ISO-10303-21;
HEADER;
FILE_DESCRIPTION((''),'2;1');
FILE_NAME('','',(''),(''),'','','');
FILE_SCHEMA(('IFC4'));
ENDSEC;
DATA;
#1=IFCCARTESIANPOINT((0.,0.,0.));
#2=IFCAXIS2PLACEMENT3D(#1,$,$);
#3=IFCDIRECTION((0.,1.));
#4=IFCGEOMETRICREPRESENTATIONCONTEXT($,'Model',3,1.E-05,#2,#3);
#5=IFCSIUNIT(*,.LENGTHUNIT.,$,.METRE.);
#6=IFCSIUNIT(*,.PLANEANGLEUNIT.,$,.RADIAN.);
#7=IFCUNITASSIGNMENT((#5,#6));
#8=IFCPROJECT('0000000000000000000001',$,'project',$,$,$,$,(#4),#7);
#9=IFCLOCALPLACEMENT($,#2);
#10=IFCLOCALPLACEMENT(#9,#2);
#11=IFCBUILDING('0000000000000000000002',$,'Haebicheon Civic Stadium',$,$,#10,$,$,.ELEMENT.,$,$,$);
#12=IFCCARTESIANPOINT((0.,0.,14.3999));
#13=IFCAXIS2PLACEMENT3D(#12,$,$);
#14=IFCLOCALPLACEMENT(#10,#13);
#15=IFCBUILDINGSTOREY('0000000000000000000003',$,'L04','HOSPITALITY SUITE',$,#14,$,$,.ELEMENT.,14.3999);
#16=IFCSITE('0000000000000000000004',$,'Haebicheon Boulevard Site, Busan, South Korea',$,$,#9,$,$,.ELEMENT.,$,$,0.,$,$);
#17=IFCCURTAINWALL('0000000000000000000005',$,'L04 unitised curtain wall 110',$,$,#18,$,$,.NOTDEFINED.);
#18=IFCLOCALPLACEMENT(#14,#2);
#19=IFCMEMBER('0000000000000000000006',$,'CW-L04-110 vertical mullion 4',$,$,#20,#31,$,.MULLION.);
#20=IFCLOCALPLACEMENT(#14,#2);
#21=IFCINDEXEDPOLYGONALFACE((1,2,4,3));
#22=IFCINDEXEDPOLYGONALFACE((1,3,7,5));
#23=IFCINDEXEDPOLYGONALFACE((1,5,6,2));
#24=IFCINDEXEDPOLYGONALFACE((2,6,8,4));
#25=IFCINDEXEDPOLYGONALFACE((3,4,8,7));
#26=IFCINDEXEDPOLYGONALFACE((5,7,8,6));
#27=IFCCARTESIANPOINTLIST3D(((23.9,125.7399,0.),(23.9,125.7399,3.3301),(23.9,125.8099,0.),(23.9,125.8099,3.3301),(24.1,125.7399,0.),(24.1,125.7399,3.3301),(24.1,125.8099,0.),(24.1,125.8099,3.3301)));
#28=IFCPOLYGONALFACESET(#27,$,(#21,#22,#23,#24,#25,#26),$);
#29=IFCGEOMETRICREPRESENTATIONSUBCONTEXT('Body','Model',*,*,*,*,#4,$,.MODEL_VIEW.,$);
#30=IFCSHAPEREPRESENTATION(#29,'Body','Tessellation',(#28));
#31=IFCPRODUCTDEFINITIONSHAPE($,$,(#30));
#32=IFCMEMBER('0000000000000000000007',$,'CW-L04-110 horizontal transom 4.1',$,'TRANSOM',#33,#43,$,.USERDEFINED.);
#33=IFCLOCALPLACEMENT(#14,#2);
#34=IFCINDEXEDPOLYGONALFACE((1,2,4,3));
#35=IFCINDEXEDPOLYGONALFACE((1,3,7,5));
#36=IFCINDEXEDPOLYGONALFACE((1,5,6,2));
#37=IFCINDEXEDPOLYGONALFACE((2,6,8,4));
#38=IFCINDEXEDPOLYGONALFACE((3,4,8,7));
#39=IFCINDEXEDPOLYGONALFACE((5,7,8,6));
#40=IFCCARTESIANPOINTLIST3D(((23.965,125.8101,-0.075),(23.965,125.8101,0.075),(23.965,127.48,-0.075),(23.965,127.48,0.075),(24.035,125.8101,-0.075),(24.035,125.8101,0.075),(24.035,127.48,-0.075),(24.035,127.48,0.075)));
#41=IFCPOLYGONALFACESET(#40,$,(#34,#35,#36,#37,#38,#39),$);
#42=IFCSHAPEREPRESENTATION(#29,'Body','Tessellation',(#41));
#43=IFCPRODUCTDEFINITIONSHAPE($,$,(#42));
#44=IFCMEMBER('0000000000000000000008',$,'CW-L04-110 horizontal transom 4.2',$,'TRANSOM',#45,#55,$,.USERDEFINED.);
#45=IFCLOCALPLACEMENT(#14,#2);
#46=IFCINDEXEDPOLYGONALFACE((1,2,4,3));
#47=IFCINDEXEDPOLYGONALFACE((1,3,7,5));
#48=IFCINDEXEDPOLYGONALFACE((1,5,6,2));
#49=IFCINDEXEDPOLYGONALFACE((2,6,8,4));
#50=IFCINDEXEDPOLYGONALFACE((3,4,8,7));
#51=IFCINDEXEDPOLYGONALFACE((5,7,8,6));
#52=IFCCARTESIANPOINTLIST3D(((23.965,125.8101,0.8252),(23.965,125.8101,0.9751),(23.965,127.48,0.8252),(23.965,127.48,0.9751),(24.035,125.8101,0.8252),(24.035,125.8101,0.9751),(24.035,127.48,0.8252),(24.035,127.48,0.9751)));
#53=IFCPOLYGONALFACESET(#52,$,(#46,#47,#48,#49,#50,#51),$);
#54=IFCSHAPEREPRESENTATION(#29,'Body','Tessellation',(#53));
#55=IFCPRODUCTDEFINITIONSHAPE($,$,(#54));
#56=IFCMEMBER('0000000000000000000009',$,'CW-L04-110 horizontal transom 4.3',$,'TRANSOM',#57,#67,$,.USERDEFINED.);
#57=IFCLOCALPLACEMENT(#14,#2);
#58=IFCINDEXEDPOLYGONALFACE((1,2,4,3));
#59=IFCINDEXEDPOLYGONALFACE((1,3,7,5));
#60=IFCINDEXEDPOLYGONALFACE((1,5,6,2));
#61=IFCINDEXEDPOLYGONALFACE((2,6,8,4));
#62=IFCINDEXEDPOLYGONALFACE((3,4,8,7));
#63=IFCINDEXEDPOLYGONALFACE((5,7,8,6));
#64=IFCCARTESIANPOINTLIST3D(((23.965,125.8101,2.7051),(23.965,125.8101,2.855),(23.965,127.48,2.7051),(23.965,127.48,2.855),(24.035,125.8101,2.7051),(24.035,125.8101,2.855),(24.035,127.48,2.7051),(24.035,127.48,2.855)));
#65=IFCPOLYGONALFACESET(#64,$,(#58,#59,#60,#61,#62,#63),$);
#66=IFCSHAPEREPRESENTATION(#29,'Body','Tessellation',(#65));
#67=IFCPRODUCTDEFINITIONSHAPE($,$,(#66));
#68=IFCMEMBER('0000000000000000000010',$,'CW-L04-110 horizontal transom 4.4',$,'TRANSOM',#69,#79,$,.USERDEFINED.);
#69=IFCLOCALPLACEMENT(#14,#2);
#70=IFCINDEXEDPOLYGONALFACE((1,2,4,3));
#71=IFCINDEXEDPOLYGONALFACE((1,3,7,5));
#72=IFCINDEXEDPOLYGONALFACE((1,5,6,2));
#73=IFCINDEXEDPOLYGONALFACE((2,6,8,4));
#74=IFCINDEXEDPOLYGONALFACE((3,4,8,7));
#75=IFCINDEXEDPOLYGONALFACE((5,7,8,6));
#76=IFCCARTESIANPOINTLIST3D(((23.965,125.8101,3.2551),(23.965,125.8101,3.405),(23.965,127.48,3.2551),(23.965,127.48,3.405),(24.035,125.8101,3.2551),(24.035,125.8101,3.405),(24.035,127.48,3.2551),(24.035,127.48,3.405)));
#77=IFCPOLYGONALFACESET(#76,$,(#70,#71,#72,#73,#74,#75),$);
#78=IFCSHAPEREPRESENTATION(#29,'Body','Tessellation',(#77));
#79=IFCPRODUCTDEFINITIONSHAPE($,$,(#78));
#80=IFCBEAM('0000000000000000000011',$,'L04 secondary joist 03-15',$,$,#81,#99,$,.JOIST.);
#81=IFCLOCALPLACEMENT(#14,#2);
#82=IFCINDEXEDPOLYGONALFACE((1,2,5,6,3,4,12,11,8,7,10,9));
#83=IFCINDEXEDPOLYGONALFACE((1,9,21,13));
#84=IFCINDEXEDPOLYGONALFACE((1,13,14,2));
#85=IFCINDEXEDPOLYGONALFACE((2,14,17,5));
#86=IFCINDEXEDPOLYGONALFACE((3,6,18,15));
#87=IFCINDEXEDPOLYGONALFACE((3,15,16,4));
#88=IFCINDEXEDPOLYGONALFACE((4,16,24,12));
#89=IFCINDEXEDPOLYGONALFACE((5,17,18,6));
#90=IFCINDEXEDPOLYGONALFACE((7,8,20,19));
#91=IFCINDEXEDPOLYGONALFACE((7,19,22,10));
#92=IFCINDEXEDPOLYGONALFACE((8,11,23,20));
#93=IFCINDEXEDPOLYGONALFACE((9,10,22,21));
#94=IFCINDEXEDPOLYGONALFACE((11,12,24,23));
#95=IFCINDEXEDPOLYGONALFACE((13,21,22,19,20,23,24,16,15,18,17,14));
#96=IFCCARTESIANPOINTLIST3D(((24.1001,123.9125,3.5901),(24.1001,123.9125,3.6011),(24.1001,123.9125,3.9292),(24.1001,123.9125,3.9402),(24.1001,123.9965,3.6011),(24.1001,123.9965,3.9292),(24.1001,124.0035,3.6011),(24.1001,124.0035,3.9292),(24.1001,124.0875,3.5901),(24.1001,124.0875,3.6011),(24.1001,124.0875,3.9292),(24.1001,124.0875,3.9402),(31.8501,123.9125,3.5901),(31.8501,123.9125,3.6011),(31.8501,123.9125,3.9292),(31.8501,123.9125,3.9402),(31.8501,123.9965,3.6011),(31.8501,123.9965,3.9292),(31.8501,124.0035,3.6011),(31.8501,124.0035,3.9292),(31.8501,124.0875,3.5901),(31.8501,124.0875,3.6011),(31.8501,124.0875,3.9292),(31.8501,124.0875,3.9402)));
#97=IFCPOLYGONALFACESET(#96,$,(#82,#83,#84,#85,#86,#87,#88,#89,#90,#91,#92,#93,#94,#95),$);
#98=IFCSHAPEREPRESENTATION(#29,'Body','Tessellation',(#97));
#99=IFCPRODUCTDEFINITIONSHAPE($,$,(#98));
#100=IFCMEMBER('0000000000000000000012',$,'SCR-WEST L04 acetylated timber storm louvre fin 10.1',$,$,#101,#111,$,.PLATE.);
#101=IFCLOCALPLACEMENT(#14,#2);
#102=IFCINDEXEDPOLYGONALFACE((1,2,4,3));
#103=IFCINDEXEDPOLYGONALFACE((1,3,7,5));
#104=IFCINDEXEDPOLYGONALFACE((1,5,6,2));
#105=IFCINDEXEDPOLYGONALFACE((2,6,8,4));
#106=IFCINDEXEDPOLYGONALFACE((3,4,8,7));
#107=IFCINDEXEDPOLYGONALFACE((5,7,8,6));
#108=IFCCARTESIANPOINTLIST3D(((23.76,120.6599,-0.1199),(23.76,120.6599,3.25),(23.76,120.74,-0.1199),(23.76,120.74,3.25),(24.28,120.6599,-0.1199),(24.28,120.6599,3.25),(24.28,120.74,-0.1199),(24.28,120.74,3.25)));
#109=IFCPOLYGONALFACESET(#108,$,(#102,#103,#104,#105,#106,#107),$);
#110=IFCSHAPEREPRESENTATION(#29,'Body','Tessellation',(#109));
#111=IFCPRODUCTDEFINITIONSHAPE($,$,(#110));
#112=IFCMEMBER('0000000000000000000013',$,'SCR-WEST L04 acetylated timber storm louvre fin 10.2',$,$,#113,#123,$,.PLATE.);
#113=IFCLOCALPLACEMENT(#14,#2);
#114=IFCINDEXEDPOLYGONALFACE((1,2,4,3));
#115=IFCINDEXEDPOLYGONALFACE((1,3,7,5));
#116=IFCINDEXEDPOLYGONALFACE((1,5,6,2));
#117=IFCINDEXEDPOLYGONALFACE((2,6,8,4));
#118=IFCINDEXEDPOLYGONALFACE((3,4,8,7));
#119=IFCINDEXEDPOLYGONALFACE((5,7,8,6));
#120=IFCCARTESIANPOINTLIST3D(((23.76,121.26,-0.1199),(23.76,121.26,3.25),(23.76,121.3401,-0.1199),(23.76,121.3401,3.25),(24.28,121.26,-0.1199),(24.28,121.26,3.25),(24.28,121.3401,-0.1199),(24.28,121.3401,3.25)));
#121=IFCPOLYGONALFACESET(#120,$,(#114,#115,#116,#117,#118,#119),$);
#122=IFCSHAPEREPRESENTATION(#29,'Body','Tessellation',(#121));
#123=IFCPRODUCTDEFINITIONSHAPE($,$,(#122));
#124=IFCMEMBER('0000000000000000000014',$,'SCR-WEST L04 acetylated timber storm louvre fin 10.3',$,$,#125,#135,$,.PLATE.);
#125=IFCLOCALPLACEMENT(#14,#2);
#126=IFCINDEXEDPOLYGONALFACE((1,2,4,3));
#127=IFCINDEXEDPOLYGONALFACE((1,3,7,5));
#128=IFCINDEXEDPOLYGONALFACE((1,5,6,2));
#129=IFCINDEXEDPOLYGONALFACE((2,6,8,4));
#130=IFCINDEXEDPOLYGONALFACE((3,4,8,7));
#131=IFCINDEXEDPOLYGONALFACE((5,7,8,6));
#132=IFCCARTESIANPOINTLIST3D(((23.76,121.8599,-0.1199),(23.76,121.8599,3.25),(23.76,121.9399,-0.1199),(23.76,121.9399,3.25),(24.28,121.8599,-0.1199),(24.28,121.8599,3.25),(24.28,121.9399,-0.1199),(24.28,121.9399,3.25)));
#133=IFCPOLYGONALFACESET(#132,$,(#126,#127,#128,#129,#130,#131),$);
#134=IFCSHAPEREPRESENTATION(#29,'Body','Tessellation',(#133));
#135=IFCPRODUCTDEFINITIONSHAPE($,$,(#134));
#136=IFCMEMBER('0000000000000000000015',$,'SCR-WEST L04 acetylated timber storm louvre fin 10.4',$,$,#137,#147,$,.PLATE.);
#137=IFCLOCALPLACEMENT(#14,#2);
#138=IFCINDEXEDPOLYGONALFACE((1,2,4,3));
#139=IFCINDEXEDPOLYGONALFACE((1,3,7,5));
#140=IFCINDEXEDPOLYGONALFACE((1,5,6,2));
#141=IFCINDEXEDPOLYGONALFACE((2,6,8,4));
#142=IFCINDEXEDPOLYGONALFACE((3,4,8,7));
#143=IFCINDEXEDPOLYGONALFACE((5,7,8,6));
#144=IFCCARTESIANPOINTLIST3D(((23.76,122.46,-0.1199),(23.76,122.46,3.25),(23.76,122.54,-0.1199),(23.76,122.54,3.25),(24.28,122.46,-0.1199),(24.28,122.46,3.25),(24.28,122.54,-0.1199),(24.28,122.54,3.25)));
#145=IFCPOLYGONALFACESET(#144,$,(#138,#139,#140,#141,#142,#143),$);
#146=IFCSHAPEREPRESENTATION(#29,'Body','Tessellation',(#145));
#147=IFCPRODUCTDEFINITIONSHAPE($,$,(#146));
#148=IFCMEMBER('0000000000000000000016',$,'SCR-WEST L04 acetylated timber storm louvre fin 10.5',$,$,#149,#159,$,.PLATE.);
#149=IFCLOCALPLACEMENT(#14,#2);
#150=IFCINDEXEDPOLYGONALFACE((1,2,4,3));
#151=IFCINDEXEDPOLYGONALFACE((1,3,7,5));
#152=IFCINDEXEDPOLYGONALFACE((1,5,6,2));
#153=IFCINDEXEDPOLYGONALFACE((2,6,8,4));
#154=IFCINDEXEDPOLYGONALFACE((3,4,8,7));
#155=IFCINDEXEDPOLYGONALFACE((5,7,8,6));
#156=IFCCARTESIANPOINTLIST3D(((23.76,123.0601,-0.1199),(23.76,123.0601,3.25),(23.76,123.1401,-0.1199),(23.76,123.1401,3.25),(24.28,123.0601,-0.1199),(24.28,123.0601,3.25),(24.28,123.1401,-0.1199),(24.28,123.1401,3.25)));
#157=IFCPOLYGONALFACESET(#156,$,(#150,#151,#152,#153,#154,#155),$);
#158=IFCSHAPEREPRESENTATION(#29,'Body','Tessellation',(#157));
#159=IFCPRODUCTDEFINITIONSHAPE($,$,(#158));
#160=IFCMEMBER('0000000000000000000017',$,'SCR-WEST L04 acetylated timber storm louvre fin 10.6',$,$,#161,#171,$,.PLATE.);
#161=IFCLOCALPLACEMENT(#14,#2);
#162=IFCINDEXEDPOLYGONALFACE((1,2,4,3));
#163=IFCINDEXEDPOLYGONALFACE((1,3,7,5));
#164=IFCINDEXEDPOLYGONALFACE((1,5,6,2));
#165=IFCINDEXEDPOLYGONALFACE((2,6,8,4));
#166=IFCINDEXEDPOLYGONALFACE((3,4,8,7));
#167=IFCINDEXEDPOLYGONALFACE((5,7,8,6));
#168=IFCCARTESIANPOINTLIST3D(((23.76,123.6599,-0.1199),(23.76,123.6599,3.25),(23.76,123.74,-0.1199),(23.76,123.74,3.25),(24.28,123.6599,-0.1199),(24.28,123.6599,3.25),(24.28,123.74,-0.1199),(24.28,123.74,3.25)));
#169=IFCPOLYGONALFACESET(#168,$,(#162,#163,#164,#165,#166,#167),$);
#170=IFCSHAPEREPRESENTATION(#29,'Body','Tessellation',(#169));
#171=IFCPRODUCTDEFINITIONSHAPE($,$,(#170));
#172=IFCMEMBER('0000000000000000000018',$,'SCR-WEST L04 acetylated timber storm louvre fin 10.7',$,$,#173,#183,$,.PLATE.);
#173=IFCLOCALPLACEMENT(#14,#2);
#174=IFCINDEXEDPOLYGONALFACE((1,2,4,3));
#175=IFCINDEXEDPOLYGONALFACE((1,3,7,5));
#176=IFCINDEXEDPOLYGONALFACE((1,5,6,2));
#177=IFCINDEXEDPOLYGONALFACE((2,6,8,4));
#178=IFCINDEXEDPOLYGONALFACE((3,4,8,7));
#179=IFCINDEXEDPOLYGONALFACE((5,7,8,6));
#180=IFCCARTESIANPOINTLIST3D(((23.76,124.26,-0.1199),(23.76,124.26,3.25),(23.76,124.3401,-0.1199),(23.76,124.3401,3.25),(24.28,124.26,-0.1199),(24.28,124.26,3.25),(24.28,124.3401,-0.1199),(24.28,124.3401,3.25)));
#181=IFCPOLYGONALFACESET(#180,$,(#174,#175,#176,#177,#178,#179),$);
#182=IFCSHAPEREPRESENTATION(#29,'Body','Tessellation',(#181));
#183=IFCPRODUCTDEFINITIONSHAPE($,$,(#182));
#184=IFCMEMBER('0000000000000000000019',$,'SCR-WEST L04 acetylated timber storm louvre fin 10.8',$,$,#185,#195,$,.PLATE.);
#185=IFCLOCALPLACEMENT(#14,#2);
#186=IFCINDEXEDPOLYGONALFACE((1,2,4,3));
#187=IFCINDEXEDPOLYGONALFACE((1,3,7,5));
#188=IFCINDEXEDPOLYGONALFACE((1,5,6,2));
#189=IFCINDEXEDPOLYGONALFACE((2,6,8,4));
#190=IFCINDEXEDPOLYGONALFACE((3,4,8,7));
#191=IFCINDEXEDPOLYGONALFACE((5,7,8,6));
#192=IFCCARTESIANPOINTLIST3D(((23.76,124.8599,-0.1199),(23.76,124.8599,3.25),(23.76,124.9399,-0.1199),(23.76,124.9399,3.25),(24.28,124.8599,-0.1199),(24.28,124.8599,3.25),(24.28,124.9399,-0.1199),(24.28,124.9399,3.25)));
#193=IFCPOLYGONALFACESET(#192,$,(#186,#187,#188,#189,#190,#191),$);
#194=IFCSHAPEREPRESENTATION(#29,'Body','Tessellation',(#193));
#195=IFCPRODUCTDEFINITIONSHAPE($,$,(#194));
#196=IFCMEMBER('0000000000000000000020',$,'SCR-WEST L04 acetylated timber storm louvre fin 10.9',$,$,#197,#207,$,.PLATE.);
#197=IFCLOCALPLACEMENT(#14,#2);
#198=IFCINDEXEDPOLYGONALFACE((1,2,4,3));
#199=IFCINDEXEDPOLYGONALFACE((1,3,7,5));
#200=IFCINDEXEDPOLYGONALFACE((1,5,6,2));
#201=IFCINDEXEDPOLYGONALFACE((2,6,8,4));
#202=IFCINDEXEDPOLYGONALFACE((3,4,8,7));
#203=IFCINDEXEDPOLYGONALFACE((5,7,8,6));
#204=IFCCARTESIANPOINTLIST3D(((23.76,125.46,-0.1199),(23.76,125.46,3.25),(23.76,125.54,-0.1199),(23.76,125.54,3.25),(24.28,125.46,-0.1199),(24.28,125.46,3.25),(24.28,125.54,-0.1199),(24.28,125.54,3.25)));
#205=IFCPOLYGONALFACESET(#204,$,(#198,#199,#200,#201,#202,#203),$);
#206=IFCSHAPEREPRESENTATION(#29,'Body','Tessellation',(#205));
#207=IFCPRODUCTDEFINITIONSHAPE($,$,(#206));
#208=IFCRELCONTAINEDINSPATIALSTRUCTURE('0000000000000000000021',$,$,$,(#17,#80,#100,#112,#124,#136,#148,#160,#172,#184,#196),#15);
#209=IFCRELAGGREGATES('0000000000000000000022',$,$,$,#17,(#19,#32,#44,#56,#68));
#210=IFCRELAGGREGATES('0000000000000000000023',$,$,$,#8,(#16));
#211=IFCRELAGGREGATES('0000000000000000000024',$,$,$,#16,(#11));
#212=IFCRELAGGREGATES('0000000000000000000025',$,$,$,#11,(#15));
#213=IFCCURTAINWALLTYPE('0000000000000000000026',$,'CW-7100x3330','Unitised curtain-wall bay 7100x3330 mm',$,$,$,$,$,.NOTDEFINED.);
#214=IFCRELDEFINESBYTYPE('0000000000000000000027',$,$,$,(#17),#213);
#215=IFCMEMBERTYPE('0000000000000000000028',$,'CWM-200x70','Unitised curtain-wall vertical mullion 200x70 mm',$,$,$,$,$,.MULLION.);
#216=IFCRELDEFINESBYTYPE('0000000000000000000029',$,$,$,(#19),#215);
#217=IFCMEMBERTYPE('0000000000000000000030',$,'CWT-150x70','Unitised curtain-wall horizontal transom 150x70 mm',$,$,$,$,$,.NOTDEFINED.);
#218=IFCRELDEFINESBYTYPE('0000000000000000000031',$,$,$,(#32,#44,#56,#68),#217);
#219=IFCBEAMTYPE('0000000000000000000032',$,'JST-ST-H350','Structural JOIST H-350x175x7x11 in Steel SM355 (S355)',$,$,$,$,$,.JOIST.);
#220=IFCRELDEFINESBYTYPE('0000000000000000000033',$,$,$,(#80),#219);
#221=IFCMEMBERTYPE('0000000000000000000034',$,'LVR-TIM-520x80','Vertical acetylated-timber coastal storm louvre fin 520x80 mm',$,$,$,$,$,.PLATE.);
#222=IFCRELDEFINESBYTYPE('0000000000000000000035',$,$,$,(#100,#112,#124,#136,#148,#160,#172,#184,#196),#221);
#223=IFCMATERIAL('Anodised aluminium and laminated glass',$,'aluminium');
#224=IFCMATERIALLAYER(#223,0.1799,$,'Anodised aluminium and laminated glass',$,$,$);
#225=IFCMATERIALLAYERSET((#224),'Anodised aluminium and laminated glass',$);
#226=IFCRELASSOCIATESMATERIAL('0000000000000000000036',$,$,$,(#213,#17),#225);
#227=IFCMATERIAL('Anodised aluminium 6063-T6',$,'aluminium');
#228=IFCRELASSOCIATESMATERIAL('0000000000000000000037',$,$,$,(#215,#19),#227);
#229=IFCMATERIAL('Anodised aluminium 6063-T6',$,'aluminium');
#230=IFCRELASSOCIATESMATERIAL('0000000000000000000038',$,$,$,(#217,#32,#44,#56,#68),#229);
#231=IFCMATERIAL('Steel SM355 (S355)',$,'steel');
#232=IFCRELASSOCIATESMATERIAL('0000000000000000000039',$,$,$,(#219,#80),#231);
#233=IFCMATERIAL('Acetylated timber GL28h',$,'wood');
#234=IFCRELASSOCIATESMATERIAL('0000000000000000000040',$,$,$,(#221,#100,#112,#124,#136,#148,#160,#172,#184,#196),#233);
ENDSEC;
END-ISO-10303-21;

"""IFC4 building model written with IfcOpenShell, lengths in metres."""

from ifc_helpers import new_model, si_unit, direction, frame, origin, origin_2d, place, context, subcontext, project, spatial, rectangle, i_section, extrude, material, layer, layer_set, material_profile, profile_set, type_object, element, aggregate, save


model = new_model("IFC4")

# Units and contexts
model_context = context("Model", 3, precision=1e-05, world=origin(), true_north=direction((0.0, 1.0)))
body_context = subcontext(model_context, "Body", "Model", "MODEL_VIEW")
ifc_project = project(units=[si_unit("LENGTHUNIT", "METRE"), si_unit("PLANEANGLEUNIT", "RADIAN")], contexts=[model_context])

# Site, building, storey
site_placement = place(None, origin())
site = spatial("IfcSite", under=ifc_project, at=site_placement, Name="Haebicheon Boulevard Site, Busan, South Korea", CompositionType="ELEMENT", RefElevation=0.0)
building_placement = place(site_placement, origin())
building = spatial("IfcBuilding", under=site, at=building_placement, Name="Haebicheon Civic Stadium", CompositionType="ELEMENT")
storey_placement = place(building_placement, frame((0.0, 0.0, 14.3999)))
storey = spatial("IfcBuildingStorey", under=building, at=storey_placement, Name="L04", Description="HOSPITALITY SUITE", CompositionType="ELEMENT", Elevation=14.3999)

# Curtain wall, members
ifc_material_1 = material(Name="Anodised aluminium and laminated glass", Category="aluminium")
ifc_layer_1 = layer(ifc_material_1, 0.1799, Name="Anodised aluminium and laminated glass")
ifc_layer_set_1 = layer_set([ifc_layer_1], Name="Anodised aluminium and laminated glass")
curtain_wall_type = type_object("IfcCurtainWallType", Name="CW-7100x3330", Description="Unitised curtain-wall bay 7100x3330 mm", PredefinedType="NOTDEFINED", material=ifc_layer_set_1)
curtain_wall_placement = place(storey_placement, origin())
curtain_wall = element("IfcCurtainWall", 1, at=curtain_wall_placement, inside=storey, type_object=curtain_wall_type, material=ifc_layer_set_1, Name="L04 unitised curtain wall 110", PredefinedType="NOTDEFINED")
ifc_material_2 = material(Name="Anodised aluminium 6063-T6", Category="aluminium")
ifc_material_profile_1 = material_profile(ifc_material_2, rectangle(XDim=0.0701, YDim=0.2, at=origin_2d()), Name="ALU-MULL-70x200")
ifc_profile_set_1 = profile_set([ifc_material_profile_1], Name="Anodised aluminium 6063-T6")
member_type_1 = type_object("IfcMemberType", Name="CWM-200x70", Description="Unitised curtain-wall vertical mullion 200x70 mm", PredefinedType="MULLION", material=ifc_profile_set_1)
member_1_placement = place(storey_placement, frame((24.0, 125.7749, 0.0), z_axis=(0.0, 0.0, 1.0), x_axis=(0.0, 1.0, 0.0)))
member_1 = element("IfcMember", 2, at=member_1_placement, type_object=member_type_1, material=ifc_profile_set_1, Name="CW-L04-110 vertical mullion 4", PredefinedType="MULLION", context=body_context, shape_type="SweptSolid", body=[
    extrude(rectangle(XDim=0.0701, YDim=0.2, at=origin_2d()), origin(), (0.0, 0.0, 1.0), 3.3301),
])
ifc_material_3 = material(Name="Anodised aluminium 6063-T6", Category="aluminium")
ifc_material_profile_2 = material_profile(ifc_material_3, rectangle(XDim=0.0701, YDim=0.1499, at=origin_2d()), Name="ALU-TRAN-70x150")
ifc_profile_set_2 = profile_set([ifc_material_profile_2], Name="Anodised aluminium 6063-T6")
member_type_2 = type_object("IfcMemberType", Name="CWT-150x70", Description="Unitised curtain-wall horizontal transom 150x70 mm", PredefinedType="NOTDEFINED", material=ifc_profile_set_2)
member_2_placement = place(storey_placement, frame((24.0, 125.8101, 0.0), z_axis=(0.0, 1.0, 0.0), x_axis=(-1.0, 0.0, 0.0)))
member_2 = element("IfcMember", 3, at=member_2_placement, type_object=member_type_2, material=ifc_profile_set_2, Name="CW-L04-110 horizontal transom 4.1", ObjectType="TRANSOM", PredefinedType="USERDEFINED", context=body_context, shape_type="SweptSolid", body=[
    extrude(rectangle(XDim=0.0701, YDim=0.1499, at=origin_2d()), origin(), (0.0, 0.0, 1.0), 1.6699),
])
member_3_placement = place(storey_placement, frame((24.0, 125.8101, 0.9001), z_axis=(0.0, 1.0, 0.0), x_axis=(-1.0, 0.0, 0.0)))
member_3 = element("IfcMember", 4, at=member_3_placement, type_object=member_type_2, material=ifc_profile_set_2, Name="CW-L04-110 horizontal transom 4.2", ObjectType="TRANSOM", PredefinedType="USERDEFINED", context=body_context, shape_type="SweptSolid", body=[
    extrude(rectangle(XDim=0.0701, YDim=0.1499, at=origin_2d()), origin(), (0.0, 0.0, 1.0), 1.6699),
])
member_4_placement = place(storey_placement, frame((24.0, 125.8101, 2.78), z_axis=(0.0, 1.0, 0.0), x_axis=(-1.0, 0.0, 0.0)))
member_4 = element("IfcMember", 5, at=member_4_placement, type_object=member_type_2, material=ifc_profile_set_2, Name="CW-L04-110 horizontal transom 4.3", ObjectType="TRANSOM", PredefinedType="USERDEFINED", context=body_context, shape_type="SweptSolid", body=[
    extrude(rectangle(XDim=0.0701, YDim=0.1499, at=origin_2d()), origin(), (0.0, 0.0, 1.0), 1.6699),
])
member_5_placement = place(storey_placement, frame((24.0, 125.8101, 3.3301), z_axis=(0.0, 1.0, 0.0), x_axis=(-1.0, 0.0, 0.0)))
member_5 = element("IfcMember", 6, at=member_5_placement, type_object=member_type_2, material=ifc_profile_set_2, Name="CW-L04-110 horizontal transom 4.4", ObjectType="TRANSOM", PredefinedType="USERDEFINED", context=body_context, shape_type="SweptSolid", body=[
    extrude(rectangle(XDim=0.0701, YDim=0.1499, at=origin_2d()), origin(), (0.0, 0.0, 1.0), 1.6699),
])

# Beam
ifc_material_4 = material(Name="Steel SM355 (S355)", Category="steel")
ifc_material_profile_3 = material_profile(ifc_material_4, i_section(OverallWidth=0.175, OverallDepth=0.3501, WebThickness=0.0071, FlangeThickness=0.011, at=origin_2d()), Name="H-350x175x7x11")
ifc_profile_set_3 = profile_set([ifc_material_profile_3], Name="Steel SM355 (S355)")
beam_type = type_object("IfcBeamType", Name="JST-ST-H350", Description="Structural JOIST H-350x175x7x11 in Steel SM355 (S355)", PredefinedType="JOIST", material=ifc_profile_set_3)
beam_placement = place(storey_placement, frame((24.1001, 124.0, 3.7651), z_axis=(1.0, 0.0, 0.0), x_axis=(0.0, 1.0, 0.0)))
element("IfcBeam", 7, at=beam_placement, inside=storey, type_object=beam_type, material=ifc_profile_set_3, Name="L04 secondary joist 03-15", PredefinedType="JOIST", context=body_context, shape_type="SweptSolid", body=[
    extrude(i_section(OverallWidth=0.175, OverallDepth=0.3501, WebThickness=0.0071, FlangeThickness=0.011, at=origin_2d()), origin(), (0.0, 0.0, 1.0), 7.75),
])

# Members
ifc_material_5 = material(Name="Acetylated timber GL28h", Category="wood")
ifc_material_profile_4 = material_profile(ifc_material_5, rectangle(XDim=0.0801, YDim=0.52, at=origin_2d()), Name="TMB-LOUV-80x520")
ifc_profile_set_4 = profile_set([ifc_material_profile_4], Name="Acetylated timber GL28h")
member_type_3 = type_object("IfcMemberType", Name="LVR-TIM-520x80", Description="Vertical acetylated-timber coastal storm louvre fin 520x80 mm", PredefinedType="PLATE", material=ifc_profile_set_4)
for number, where, z_axis, x_axis, name in (
    (8, (24.02, 120.7, -0.1199), (0.0, 0.0, 1.0), (0.0, 1.0, 0.0), "SCR-WEST L04 acetylated timber storm louvre fin 10.1"),
    (9, (24.02, 121.3, -0.1199), (0.0, 0.0, 1.0), (0.0, 1.0, 0.0), "SCR-WEST L04 acetylated timber storm louvre fin 10.2"),
    (10, (24.02, 121.8999, -0.1199), (0.0, 0.0, 1.0), (0.0, 1.0, 0.0), "SCR-WEST L04 acetylated timber storm louvre fin 10.3"),
    (11, (24.02, 122.5, -0.1199), (0.0, 0.0, 1.0), (0.0, 1.0, 0.0), "SCR-WEST L04 acetylated timber storm louvre fin 10.4"),
    (12, (24.02, 123.1001, -0.1199), (0.0, 0.0, 1.0), (0.0, 1.0, 0.0), "SCR-WEST L04 acetylated timber storm louvre fin 10.5"),
    (13, (24.02, 123.7, -0.1199), (0.0, 0.0, 1.0), (0.0, 1.0, 0.0), "SCR-WEST L04 acetylated timber storm louvre fin 10.6"),
    (14, (24.02, 124.3, -0.1199), (0.0, 0.0, 1.0), (0.0, 1.0, 0.0), "SCR-WEST L04 acetylated timber storm louvre fin 10.7"),
    (15, (24.02, 124.8999, -0.1199), (0.0, 0.0, 1.0), (0.0, 1.0, 0.0), "SCR-WEST L04 acetylated timber storm louvre fin 10.8"),
    (16, (24.02, 125.5, -0.1199), (0.0, 0.0, 1.0), (0.0, 1.0, 0.0), "SCR-WEST L04 acetylated timber storm louvre fin 10.9"),
):
    element("IfcMember", number, at=place(storey_placement, frame(where, z_axis=z_axis, x_axis=x_axis)), inside=storey, type_object=member_type_3, material=ifc_profile_set_4, Name=name, PredefinedType="PLATE", context=body_context, shape_type="SweptSolid", body=[
        extrude(rectangle(XDim=0.0801, YDim=0.52, at=origin_2d()), origin(), (0.0, 0.0, 1.0), 3.3699),
    ])

aggregate(curtain_wall, [member_1, member_2, member_3, member_4, member_5])

save(model, "model.ifc")
